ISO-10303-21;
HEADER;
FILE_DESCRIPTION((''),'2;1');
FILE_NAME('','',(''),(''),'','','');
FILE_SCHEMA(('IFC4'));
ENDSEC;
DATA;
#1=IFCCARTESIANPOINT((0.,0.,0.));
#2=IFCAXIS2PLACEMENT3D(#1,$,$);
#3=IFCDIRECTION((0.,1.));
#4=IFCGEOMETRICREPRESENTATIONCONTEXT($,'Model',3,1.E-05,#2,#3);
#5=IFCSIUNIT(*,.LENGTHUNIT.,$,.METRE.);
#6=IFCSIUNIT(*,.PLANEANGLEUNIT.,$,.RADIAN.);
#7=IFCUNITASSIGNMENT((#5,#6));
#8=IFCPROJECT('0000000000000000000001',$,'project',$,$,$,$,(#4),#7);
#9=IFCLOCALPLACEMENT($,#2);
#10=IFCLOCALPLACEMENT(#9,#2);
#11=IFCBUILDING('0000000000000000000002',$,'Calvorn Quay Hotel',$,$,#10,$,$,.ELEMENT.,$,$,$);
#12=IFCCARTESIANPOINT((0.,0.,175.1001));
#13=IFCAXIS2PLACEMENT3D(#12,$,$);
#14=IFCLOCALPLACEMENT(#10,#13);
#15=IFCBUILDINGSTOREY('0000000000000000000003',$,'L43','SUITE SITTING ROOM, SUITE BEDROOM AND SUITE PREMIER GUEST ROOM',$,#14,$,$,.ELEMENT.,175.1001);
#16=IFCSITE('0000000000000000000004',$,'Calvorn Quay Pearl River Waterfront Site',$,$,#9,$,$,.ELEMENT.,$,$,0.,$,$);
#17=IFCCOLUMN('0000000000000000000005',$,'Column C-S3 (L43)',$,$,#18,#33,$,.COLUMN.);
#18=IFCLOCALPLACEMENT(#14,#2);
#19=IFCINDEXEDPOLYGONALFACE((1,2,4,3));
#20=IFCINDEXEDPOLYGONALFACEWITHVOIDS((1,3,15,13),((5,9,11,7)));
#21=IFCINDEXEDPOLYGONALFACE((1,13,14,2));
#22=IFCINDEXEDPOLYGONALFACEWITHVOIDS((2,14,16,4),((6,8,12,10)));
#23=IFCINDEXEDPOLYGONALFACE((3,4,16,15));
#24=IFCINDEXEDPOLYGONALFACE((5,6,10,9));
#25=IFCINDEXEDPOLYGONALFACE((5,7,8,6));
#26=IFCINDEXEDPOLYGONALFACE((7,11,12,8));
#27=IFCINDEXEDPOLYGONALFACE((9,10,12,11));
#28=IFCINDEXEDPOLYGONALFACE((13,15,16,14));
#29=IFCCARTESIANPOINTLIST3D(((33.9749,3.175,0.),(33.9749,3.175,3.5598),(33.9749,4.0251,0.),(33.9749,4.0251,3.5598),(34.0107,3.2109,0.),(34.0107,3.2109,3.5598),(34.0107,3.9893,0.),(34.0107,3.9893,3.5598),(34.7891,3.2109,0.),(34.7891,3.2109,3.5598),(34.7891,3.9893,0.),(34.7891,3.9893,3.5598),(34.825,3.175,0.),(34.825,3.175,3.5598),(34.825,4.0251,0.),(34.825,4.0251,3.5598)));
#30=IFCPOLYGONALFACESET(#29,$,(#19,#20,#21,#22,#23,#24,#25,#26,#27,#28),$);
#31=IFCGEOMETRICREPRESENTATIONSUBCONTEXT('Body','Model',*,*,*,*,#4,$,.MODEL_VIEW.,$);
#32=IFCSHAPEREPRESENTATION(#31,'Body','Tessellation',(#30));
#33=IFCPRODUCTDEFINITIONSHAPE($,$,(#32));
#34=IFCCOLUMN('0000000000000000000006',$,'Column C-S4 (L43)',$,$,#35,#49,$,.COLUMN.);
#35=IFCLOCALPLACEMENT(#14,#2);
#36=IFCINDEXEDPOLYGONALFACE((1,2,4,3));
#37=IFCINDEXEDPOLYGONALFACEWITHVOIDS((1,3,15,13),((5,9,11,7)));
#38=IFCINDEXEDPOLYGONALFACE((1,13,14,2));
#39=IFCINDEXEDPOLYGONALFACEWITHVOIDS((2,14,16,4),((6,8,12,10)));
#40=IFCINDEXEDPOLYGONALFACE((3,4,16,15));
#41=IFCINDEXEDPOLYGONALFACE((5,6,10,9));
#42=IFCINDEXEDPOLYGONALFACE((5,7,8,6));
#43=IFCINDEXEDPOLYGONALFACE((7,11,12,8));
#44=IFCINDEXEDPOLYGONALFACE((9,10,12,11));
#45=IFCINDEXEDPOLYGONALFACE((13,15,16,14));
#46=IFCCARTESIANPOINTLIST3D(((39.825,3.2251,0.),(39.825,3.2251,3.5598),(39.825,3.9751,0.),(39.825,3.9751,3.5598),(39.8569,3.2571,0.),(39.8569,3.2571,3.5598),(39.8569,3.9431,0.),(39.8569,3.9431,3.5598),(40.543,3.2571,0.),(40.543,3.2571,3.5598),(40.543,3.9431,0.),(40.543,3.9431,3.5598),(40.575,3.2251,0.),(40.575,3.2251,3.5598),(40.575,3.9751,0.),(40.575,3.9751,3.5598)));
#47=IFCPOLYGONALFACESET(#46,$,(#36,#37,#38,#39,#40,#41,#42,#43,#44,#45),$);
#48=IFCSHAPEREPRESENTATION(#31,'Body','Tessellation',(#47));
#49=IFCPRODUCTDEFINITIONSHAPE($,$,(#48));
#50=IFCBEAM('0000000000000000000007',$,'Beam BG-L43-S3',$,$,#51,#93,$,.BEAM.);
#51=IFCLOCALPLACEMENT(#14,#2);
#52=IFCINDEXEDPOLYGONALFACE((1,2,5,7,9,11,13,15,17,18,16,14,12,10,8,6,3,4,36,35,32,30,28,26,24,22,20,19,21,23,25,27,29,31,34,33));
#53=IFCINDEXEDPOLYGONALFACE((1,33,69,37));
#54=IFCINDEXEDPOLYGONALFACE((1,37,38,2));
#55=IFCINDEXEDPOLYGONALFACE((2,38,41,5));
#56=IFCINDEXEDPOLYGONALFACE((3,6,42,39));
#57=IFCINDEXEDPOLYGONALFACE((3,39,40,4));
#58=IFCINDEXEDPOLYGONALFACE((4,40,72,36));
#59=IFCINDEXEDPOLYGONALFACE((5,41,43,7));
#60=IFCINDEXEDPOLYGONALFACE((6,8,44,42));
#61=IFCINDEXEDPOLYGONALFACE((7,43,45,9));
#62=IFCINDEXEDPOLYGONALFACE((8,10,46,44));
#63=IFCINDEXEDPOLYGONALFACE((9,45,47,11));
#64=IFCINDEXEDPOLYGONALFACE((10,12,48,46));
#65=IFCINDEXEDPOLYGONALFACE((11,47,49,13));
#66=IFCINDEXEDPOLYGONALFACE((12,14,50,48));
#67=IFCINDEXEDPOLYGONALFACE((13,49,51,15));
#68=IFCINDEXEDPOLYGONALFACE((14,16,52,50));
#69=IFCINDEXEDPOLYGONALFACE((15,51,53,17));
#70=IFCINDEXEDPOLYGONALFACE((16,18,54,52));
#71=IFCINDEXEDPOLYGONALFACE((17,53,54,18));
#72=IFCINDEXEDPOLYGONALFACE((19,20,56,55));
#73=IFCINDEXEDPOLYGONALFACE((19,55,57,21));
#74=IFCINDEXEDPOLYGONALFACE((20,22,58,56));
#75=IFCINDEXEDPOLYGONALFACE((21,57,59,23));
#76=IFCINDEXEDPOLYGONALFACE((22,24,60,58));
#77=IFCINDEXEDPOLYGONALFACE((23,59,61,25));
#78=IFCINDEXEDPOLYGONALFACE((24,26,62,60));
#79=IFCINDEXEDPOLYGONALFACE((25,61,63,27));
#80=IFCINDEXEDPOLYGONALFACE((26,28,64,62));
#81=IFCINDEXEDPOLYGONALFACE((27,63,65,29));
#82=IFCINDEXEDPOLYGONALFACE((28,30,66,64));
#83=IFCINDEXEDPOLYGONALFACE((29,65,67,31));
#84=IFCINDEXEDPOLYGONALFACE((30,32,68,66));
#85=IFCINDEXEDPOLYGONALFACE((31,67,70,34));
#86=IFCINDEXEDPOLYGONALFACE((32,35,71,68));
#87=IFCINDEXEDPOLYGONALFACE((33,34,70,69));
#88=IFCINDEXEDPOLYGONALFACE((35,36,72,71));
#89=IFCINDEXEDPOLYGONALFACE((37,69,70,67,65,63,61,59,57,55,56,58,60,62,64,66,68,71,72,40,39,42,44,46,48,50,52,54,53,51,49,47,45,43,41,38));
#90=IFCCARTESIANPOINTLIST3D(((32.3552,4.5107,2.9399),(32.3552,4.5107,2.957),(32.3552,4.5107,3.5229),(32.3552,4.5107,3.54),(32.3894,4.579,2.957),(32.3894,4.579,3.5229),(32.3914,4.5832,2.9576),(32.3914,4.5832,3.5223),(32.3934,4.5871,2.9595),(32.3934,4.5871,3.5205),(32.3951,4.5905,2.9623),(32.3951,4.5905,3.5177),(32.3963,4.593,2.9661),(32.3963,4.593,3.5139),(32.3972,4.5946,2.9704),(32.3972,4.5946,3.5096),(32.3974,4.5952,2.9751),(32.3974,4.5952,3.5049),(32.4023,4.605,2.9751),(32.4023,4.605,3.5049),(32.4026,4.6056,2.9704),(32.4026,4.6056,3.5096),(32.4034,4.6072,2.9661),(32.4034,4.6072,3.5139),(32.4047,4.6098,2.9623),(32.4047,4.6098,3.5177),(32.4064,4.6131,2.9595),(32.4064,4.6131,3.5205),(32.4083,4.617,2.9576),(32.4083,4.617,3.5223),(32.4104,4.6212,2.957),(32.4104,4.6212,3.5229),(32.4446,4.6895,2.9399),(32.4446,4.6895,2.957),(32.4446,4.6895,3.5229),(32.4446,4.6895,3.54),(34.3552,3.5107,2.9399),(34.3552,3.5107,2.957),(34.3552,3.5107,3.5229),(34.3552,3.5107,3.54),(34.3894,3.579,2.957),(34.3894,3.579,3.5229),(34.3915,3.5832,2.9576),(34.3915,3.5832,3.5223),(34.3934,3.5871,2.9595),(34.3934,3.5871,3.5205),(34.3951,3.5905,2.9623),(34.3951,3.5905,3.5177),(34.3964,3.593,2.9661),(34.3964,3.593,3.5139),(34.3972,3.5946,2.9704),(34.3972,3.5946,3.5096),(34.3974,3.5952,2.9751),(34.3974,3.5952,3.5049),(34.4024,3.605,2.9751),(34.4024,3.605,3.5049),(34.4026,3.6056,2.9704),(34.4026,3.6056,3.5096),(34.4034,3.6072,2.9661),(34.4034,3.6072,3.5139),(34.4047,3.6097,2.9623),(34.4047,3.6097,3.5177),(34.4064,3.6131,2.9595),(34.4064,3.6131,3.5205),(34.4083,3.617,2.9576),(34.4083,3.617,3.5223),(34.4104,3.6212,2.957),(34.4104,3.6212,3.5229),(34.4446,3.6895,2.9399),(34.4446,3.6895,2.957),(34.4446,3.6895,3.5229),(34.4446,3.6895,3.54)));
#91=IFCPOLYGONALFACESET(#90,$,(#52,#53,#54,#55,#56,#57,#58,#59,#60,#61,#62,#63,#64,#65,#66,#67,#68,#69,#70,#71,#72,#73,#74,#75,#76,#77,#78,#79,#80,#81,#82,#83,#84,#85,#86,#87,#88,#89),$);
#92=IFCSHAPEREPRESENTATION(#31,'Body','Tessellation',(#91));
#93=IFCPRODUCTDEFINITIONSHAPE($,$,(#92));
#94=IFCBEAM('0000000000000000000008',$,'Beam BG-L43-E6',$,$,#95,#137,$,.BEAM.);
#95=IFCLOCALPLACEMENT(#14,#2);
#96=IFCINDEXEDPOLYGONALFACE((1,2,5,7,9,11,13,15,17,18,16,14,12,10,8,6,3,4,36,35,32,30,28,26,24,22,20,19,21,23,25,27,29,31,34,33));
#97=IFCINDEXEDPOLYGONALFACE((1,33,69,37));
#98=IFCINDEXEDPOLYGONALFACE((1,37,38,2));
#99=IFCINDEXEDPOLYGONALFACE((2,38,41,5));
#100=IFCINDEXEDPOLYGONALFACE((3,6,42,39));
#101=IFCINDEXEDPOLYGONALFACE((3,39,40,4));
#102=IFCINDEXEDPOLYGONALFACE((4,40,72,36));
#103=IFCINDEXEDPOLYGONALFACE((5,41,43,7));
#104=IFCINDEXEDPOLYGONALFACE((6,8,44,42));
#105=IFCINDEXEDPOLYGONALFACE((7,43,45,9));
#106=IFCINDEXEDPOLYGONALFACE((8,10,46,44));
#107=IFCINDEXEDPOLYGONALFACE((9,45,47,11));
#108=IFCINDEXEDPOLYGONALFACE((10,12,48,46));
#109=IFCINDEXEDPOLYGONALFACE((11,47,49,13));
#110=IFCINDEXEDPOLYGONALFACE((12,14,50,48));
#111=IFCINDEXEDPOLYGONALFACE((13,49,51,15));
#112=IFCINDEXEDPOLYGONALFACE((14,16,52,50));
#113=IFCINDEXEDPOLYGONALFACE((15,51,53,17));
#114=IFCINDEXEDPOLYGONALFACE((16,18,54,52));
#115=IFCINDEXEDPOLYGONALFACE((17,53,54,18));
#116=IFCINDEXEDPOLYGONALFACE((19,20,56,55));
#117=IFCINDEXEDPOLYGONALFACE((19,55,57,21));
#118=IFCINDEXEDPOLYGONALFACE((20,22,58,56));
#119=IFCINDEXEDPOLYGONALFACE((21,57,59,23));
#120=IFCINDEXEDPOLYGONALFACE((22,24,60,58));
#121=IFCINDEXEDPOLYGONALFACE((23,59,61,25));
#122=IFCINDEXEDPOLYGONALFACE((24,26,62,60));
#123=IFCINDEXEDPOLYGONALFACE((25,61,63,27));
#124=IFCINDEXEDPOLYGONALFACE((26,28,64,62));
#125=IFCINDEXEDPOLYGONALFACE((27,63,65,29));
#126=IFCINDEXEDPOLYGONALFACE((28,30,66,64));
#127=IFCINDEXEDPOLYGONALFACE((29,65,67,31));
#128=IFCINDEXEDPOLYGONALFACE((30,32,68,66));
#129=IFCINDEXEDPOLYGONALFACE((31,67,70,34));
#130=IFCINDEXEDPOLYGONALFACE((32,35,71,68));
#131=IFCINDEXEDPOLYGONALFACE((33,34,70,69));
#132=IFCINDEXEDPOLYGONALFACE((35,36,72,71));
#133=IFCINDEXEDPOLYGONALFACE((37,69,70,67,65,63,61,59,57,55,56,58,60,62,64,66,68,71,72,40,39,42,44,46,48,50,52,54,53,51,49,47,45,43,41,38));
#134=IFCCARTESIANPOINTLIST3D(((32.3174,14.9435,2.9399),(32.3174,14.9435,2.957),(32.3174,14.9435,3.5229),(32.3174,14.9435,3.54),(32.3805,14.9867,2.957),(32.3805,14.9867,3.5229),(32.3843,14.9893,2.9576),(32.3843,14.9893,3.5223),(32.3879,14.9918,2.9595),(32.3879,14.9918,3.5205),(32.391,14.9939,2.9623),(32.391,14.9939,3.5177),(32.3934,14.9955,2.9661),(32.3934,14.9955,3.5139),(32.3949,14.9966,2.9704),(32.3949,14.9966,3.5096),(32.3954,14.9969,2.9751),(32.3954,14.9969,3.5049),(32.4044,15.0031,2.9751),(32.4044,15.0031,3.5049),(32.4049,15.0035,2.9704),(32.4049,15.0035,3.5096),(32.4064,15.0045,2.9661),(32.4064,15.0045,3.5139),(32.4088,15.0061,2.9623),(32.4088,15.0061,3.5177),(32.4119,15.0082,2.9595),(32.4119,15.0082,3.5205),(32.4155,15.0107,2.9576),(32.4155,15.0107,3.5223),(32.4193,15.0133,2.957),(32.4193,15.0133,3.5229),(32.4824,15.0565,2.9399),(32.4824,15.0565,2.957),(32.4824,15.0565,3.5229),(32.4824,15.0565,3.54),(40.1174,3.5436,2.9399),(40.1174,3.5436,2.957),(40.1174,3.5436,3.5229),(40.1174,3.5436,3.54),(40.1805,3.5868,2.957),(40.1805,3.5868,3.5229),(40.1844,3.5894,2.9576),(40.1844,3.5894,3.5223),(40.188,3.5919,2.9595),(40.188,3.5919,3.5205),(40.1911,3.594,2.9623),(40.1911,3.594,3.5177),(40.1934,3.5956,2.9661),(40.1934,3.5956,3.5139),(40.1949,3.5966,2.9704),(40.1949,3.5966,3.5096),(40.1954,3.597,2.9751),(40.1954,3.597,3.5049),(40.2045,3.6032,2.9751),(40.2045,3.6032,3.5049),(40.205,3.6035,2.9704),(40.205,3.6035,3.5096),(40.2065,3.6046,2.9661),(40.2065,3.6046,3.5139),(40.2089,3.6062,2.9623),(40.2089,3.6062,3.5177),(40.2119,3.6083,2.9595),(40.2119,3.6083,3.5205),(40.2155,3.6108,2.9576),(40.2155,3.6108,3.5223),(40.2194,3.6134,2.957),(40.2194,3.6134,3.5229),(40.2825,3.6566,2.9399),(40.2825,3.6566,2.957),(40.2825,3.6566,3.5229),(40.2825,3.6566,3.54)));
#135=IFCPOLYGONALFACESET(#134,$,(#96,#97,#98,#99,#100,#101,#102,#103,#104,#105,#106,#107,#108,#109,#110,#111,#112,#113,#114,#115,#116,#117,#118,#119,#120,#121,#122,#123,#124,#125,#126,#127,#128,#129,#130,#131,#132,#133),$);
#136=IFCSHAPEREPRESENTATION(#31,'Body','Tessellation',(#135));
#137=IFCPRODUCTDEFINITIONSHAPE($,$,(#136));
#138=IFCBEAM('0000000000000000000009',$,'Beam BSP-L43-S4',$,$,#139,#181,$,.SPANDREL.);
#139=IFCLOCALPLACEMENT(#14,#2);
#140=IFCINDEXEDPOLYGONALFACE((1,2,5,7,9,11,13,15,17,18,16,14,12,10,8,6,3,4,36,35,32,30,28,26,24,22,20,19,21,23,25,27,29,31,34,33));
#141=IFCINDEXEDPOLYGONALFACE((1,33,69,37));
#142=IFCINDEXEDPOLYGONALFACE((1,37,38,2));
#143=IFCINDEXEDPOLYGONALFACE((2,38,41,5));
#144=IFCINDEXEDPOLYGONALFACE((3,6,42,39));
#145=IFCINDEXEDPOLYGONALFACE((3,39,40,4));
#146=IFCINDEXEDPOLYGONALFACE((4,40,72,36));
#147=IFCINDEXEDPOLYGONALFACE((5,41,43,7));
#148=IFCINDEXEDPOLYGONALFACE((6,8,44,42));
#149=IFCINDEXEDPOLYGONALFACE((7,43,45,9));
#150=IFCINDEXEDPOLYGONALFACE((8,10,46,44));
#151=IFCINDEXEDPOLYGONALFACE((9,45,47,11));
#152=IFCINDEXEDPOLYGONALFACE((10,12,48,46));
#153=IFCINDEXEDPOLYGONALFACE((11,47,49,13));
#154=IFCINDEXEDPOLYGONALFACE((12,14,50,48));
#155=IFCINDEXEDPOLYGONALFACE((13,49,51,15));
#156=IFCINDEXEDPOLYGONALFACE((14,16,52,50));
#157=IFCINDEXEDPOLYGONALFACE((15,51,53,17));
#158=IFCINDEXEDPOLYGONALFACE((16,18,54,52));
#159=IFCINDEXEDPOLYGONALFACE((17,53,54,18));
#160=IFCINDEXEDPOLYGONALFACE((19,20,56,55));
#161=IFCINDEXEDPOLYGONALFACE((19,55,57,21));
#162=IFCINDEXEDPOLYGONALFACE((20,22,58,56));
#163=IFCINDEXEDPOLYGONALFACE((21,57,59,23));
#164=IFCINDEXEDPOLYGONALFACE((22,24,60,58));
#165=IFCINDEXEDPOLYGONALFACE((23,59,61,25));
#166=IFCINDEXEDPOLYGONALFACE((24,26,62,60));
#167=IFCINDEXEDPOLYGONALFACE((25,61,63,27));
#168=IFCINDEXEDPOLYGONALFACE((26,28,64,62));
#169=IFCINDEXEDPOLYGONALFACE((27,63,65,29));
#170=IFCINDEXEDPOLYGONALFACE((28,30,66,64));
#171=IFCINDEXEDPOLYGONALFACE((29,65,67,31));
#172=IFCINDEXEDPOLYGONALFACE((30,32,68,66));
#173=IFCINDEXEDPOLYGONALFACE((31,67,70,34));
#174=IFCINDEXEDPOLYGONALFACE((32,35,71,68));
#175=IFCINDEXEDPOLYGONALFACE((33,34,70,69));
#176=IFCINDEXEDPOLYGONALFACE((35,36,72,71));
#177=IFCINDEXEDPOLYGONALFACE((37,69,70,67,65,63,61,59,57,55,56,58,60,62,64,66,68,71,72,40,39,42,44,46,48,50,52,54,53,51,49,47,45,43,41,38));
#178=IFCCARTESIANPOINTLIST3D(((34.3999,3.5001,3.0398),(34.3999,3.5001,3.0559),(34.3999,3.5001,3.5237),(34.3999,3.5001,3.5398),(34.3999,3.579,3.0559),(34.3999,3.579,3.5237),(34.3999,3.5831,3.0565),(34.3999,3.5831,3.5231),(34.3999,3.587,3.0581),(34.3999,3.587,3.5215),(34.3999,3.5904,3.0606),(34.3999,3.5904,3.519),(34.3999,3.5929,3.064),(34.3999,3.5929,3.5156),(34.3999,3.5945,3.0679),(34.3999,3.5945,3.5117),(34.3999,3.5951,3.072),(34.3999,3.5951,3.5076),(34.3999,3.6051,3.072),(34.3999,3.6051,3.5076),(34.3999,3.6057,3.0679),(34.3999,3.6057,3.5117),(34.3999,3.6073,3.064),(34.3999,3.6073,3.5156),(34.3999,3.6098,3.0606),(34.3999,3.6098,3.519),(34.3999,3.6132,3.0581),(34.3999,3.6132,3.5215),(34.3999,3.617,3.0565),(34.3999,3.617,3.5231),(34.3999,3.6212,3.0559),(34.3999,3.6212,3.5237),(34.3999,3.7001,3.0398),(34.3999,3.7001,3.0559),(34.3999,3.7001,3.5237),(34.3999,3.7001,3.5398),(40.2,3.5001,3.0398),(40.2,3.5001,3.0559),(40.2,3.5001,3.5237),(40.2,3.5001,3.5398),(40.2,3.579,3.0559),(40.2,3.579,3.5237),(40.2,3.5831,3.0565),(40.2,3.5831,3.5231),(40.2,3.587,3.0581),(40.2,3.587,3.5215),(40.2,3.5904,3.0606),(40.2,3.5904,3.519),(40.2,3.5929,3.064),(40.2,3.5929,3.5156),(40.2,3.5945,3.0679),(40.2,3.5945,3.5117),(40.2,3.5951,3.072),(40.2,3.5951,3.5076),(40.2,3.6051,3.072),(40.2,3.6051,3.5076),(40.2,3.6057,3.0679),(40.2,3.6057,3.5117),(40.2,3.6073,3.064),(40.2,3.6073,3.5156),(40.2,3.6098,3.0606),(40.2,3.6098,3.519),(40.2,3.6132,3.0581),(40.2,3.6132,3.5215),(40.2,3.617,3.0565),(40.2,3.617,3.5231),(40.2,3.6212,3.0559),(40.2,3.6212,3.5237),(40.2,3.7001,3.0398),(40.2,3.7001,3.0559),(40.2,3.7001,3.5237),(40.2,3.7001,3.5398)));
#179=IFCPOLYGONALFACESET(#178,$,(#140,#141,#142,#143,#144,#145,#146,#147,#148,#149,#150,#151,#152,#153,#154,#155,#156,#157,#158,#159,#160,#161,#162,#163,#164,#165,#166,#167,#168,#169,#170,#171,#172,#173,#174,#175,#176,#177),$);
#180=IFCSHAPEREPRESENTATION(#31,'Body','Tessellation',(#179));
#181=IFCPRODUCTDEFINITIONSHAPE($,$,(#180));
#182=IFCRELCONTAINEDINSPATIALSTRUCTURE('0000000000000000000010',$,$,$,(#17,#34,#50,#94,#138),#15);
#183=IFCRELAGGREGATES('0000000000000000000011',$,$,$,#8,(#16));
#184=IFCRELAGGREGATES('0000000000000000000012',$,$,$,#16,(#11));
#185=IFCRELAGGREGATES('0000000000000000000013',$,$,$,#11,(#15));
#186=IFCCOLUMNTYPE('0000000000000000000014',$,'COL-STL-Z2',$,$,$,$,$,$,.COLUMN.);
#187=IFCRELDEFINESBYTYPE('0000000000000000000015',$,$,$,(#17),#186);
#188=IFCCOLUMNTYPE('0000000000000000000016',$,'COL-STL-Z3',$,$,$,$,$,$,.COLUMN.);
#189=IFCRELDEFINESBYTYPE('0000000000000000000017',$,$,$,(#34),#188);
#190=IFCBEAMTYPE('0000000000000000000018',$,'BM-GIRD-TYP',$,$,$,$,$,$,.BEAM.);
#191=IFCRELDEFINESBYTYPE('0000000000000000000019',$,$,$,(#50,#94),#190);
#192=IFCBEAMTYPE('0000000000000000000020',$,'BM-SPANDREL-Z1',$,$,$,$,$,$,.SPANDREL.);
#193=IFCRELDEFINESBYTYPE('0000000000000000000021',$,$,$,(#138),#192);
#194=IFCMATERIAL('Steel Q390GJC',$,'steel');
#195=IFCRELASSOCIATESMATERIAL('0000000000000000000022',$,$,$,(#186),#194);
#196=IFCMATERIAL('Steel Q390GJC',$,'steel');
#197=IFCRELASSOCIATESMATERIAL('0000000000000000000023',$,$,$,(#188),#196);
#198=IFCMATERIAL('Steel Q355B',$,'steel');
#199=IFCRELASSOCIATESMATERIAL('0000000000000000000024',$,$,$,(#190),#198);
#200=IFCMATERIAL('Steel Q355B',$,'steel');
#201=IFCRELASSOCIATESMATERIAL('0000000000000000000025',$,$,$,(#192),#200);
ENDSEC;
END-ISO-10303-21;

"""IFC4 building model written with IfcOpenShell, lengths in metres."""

from ifc_helpers import new_model, si_unit, direction, frame, origin, origin_2d, place, context, subcontext, project, spatial, hollow_rectangle, i_section, extrude, material, material_profile, profile_set, type_object, element, save


model = new_model("IFC4")

# Units and contexts
model_context = context("Model", 3, precision=1e-05, world=origin(), true_north=direction((0.0, 1.0)))
body_context = subcontext(model_context, "Body", "Model", "MODEL_VIEW")
ifc_project = project(units=[si_unit("LENGTHUNIT", "METRE"), si_unit("PLANEANGLEUNIT", "RADIAN")], contexts=[model_context])

# Site, building, storey
site_placement = place(None, origin())
site = spatial("IfcSite", under=ifc_project, at=site_placement, Name="Calvorn Quay Pearl River Waterfront Site", CompositionType="ELEMENT", RefElevation=0.0)
building_placement = place(site_placement, origin())
building = spatial("IfcBuilding", under=site, at=building_placement, Name="Calvorn Quay Hotel", CompositionType="ELEMENT")
storey_placement = place(building_placement, frame((0.0, 0.0, 175.1001)))
storey = spatial("IfcBuildingStorey", under=building, at=storey_placement, Name="L43", Description="SUITE SITTING ROOM, SUITE BEDROOM AND SUITE PREMIER GUEST ROOM", CompositionType="ELEMENT", Elevation=175.1001)

# Columns
ifc_material_1 = material(Name="Steel Q390GJC", Category="steel")
ifc_material_profile_1 = material_profile(ifc_material_1, hollow_rectangle(XDim=0.8501, YDim=0.8501, WallThickness=0.0359, at=origin_2d()), Name="BOX850x850x36")
ifc_profile_set_1 = profile_set([ifc_material_profile_1], Name="Steel Q390GJC")
column_type_1 = type_object("IfcColumnType", Name="COL-STL-Z2", PredefinedType="COLUMN", material=ifc_profile_set_1)
column_1_placement = place(storey_placement, frame((34.3999, 3.6001, 0.0), z_axis=(0.0, 0.0, 1.0), x_axis=(1.0, 0.0, 0.0)))
element("IfcColumn", 1, at=column_1_placement, inside=storey, type_object=column_type_1, Name="Column C-S3 (L43)", PredefinedType="COLUMN", context=body_context, shape_type="SweptSolid", body=[
    extrude(hollow_rectangle(XDim=0.8501, YDim=0.8501, WallThickness=0.0359, at=origin_2d()), origin(), (0.0, 0.0, 1.0), 3.5598),
])
ifc_material_2 = material(Name="Steel Q390GJC", Category="steel")
ifc_material_profile_2 = material_profile(ifc_material_2, hollow_rectangle(XDim=0.75, YDim=0.75, WallThickness=0.032, at=origin_2d()), Name="BOX750x750x32")
ifc_profile_set_2 = profile_set([ifc_material_profile_2], Name="Steel Q390GJC")
column_type_2 = type_object("IfcColumnType", Name="COL-STL-Z3", PredefinedType="COLUMN", material=ifc_profile_set_2)
column_2_placement = place(storey_placement, frame((40.2, 3.6001, 0.0), z_axis=(0.0, 0.0, 1.0), x_axis=(1.0, 0.0, 0.0)))
element("IfcColumn", 2, at=column_2_placement, inside=storey, type_object=column_type_2, Name="Column C-S4 (L43)", PredefinedType="COLUMN", context=body_context, shape_type="SweptSolid", body=[
    extrude(hollow_rectangle(XDim=0.75, YDim=0.75, WallThickness=0.032, at=origin_2d()), origin(), (0.0, 0.0, 1.0), 3.5598),
])

# Beams
ifc_material_3 = material(Name="Steel Q355B", Category="steel")
ifc_material_profile_3 = material_profile(ifc_material_3, i_section(OverallWidth=0.2, OverallDepth=0.6001, WebThickness=0.011, FlangeThickness=0.0171, FilletRadius=0.0181, at=origin_2d()), Name="HN600x200x11x17")
ifc_profile_set_3 = profile_set([ifc_material_profile_3], Name="Steel Q355B")
beam_type_1 = type_object("IfcBeamType", Name="BM-GIRD-TYP", PredefinedType="BEAM", material=ifc_profile_set_3)
beam_1_placement = place(storey_placement, frame((34.3999, 3.6001, 3.24), z_axis=(-0.894427, 0.447214, 0.0), x_axis=(-0.447214, -0.894427, 0.0)))
element("IfcBeam", 3, at=beam_1_placement, inside=storey, type_object=beam_type_1, Name="Beam BG-L43-S3", PredefinedType="BEAM", context=body_context, shape_type="SweptSolid", body=[
    extrude(i_section(OverallWidth=0.2, OverallDepth=0.6001, WebThickness=0.011, FlangeThickness=0.0171, FilletRadius=0.0181, at=origin_2d()), origin(), (0.0, 0.0, 1.0), 2.2361),
])
beam_2_placement = place(storey_placement, frame((40.2, 3.6001, 3.24), z_axis=(-0.56469, 0.825303, 0.0), x_axis=(-0.825303, -0.56469, 0.0)))
element("IfcBeam", 4, at=beam_2_placement, inside=storey, type_object=beam_type_1, Name="Beam BG-L43-E6", PredefinedType="BEAM", context=body_context, shape_type="SweptSolid", body=[
    extrude(i_section(OverallWidth=0.2, OverallDepth=0.6001, WebThickness=0.011, FlangeThickness=0.0171, FilletRadius=0.0181, at=origin_2d()), origin(), (0.0, 0.0, 1.0), 13.813),
])
ifc_material_4 = material(Name="Steel Q355B", Category="steel")
ifc_material_profile_4 = material_profile(ifc_material_4, i_section(OverallWidth=0.2, OverallDepth=0.5, WebThickness=0.01, FlangeThickness=0.0161, FilletRadius=0.0161, at=origin_2d()), Name="HN500x200x10x16")
ifc_profile_set_4 = profile_set([ifc_material_profile_4], Name="Steel Q355B")
beam_type_2 = type_object("IfcBeamType", Name="BM-SPANDREL-Z1", PredefinedType="SPANDREL", material=ifc_profile_set_4)
beam_3_placement = place(storey_placement, frame((34.3999, 3.6001, 3.2898), z_axis=(1.0, 0.0, 0.0), x_axis=(0.0, 1.0, 0.0)))
element("IfcBeam", 5, at=beam_3_placement, inside=storey, type_object=beam_type_2, Name="Beam BSP-L43-S4", PredefinedType="SPANDREL", context=body_context, shape_type="SweptSolid", body=[
    extrude(i_section(OverallWidth=0.2, OverallDepth=0.5, WebThickness=0.01, FlangeThickness=0.0161, FilletRadius=0.0161, at=origin_2d()), origin(), (0.0, 0.0, 1.0), 5.8),
])

save(model, "model.ifc")
